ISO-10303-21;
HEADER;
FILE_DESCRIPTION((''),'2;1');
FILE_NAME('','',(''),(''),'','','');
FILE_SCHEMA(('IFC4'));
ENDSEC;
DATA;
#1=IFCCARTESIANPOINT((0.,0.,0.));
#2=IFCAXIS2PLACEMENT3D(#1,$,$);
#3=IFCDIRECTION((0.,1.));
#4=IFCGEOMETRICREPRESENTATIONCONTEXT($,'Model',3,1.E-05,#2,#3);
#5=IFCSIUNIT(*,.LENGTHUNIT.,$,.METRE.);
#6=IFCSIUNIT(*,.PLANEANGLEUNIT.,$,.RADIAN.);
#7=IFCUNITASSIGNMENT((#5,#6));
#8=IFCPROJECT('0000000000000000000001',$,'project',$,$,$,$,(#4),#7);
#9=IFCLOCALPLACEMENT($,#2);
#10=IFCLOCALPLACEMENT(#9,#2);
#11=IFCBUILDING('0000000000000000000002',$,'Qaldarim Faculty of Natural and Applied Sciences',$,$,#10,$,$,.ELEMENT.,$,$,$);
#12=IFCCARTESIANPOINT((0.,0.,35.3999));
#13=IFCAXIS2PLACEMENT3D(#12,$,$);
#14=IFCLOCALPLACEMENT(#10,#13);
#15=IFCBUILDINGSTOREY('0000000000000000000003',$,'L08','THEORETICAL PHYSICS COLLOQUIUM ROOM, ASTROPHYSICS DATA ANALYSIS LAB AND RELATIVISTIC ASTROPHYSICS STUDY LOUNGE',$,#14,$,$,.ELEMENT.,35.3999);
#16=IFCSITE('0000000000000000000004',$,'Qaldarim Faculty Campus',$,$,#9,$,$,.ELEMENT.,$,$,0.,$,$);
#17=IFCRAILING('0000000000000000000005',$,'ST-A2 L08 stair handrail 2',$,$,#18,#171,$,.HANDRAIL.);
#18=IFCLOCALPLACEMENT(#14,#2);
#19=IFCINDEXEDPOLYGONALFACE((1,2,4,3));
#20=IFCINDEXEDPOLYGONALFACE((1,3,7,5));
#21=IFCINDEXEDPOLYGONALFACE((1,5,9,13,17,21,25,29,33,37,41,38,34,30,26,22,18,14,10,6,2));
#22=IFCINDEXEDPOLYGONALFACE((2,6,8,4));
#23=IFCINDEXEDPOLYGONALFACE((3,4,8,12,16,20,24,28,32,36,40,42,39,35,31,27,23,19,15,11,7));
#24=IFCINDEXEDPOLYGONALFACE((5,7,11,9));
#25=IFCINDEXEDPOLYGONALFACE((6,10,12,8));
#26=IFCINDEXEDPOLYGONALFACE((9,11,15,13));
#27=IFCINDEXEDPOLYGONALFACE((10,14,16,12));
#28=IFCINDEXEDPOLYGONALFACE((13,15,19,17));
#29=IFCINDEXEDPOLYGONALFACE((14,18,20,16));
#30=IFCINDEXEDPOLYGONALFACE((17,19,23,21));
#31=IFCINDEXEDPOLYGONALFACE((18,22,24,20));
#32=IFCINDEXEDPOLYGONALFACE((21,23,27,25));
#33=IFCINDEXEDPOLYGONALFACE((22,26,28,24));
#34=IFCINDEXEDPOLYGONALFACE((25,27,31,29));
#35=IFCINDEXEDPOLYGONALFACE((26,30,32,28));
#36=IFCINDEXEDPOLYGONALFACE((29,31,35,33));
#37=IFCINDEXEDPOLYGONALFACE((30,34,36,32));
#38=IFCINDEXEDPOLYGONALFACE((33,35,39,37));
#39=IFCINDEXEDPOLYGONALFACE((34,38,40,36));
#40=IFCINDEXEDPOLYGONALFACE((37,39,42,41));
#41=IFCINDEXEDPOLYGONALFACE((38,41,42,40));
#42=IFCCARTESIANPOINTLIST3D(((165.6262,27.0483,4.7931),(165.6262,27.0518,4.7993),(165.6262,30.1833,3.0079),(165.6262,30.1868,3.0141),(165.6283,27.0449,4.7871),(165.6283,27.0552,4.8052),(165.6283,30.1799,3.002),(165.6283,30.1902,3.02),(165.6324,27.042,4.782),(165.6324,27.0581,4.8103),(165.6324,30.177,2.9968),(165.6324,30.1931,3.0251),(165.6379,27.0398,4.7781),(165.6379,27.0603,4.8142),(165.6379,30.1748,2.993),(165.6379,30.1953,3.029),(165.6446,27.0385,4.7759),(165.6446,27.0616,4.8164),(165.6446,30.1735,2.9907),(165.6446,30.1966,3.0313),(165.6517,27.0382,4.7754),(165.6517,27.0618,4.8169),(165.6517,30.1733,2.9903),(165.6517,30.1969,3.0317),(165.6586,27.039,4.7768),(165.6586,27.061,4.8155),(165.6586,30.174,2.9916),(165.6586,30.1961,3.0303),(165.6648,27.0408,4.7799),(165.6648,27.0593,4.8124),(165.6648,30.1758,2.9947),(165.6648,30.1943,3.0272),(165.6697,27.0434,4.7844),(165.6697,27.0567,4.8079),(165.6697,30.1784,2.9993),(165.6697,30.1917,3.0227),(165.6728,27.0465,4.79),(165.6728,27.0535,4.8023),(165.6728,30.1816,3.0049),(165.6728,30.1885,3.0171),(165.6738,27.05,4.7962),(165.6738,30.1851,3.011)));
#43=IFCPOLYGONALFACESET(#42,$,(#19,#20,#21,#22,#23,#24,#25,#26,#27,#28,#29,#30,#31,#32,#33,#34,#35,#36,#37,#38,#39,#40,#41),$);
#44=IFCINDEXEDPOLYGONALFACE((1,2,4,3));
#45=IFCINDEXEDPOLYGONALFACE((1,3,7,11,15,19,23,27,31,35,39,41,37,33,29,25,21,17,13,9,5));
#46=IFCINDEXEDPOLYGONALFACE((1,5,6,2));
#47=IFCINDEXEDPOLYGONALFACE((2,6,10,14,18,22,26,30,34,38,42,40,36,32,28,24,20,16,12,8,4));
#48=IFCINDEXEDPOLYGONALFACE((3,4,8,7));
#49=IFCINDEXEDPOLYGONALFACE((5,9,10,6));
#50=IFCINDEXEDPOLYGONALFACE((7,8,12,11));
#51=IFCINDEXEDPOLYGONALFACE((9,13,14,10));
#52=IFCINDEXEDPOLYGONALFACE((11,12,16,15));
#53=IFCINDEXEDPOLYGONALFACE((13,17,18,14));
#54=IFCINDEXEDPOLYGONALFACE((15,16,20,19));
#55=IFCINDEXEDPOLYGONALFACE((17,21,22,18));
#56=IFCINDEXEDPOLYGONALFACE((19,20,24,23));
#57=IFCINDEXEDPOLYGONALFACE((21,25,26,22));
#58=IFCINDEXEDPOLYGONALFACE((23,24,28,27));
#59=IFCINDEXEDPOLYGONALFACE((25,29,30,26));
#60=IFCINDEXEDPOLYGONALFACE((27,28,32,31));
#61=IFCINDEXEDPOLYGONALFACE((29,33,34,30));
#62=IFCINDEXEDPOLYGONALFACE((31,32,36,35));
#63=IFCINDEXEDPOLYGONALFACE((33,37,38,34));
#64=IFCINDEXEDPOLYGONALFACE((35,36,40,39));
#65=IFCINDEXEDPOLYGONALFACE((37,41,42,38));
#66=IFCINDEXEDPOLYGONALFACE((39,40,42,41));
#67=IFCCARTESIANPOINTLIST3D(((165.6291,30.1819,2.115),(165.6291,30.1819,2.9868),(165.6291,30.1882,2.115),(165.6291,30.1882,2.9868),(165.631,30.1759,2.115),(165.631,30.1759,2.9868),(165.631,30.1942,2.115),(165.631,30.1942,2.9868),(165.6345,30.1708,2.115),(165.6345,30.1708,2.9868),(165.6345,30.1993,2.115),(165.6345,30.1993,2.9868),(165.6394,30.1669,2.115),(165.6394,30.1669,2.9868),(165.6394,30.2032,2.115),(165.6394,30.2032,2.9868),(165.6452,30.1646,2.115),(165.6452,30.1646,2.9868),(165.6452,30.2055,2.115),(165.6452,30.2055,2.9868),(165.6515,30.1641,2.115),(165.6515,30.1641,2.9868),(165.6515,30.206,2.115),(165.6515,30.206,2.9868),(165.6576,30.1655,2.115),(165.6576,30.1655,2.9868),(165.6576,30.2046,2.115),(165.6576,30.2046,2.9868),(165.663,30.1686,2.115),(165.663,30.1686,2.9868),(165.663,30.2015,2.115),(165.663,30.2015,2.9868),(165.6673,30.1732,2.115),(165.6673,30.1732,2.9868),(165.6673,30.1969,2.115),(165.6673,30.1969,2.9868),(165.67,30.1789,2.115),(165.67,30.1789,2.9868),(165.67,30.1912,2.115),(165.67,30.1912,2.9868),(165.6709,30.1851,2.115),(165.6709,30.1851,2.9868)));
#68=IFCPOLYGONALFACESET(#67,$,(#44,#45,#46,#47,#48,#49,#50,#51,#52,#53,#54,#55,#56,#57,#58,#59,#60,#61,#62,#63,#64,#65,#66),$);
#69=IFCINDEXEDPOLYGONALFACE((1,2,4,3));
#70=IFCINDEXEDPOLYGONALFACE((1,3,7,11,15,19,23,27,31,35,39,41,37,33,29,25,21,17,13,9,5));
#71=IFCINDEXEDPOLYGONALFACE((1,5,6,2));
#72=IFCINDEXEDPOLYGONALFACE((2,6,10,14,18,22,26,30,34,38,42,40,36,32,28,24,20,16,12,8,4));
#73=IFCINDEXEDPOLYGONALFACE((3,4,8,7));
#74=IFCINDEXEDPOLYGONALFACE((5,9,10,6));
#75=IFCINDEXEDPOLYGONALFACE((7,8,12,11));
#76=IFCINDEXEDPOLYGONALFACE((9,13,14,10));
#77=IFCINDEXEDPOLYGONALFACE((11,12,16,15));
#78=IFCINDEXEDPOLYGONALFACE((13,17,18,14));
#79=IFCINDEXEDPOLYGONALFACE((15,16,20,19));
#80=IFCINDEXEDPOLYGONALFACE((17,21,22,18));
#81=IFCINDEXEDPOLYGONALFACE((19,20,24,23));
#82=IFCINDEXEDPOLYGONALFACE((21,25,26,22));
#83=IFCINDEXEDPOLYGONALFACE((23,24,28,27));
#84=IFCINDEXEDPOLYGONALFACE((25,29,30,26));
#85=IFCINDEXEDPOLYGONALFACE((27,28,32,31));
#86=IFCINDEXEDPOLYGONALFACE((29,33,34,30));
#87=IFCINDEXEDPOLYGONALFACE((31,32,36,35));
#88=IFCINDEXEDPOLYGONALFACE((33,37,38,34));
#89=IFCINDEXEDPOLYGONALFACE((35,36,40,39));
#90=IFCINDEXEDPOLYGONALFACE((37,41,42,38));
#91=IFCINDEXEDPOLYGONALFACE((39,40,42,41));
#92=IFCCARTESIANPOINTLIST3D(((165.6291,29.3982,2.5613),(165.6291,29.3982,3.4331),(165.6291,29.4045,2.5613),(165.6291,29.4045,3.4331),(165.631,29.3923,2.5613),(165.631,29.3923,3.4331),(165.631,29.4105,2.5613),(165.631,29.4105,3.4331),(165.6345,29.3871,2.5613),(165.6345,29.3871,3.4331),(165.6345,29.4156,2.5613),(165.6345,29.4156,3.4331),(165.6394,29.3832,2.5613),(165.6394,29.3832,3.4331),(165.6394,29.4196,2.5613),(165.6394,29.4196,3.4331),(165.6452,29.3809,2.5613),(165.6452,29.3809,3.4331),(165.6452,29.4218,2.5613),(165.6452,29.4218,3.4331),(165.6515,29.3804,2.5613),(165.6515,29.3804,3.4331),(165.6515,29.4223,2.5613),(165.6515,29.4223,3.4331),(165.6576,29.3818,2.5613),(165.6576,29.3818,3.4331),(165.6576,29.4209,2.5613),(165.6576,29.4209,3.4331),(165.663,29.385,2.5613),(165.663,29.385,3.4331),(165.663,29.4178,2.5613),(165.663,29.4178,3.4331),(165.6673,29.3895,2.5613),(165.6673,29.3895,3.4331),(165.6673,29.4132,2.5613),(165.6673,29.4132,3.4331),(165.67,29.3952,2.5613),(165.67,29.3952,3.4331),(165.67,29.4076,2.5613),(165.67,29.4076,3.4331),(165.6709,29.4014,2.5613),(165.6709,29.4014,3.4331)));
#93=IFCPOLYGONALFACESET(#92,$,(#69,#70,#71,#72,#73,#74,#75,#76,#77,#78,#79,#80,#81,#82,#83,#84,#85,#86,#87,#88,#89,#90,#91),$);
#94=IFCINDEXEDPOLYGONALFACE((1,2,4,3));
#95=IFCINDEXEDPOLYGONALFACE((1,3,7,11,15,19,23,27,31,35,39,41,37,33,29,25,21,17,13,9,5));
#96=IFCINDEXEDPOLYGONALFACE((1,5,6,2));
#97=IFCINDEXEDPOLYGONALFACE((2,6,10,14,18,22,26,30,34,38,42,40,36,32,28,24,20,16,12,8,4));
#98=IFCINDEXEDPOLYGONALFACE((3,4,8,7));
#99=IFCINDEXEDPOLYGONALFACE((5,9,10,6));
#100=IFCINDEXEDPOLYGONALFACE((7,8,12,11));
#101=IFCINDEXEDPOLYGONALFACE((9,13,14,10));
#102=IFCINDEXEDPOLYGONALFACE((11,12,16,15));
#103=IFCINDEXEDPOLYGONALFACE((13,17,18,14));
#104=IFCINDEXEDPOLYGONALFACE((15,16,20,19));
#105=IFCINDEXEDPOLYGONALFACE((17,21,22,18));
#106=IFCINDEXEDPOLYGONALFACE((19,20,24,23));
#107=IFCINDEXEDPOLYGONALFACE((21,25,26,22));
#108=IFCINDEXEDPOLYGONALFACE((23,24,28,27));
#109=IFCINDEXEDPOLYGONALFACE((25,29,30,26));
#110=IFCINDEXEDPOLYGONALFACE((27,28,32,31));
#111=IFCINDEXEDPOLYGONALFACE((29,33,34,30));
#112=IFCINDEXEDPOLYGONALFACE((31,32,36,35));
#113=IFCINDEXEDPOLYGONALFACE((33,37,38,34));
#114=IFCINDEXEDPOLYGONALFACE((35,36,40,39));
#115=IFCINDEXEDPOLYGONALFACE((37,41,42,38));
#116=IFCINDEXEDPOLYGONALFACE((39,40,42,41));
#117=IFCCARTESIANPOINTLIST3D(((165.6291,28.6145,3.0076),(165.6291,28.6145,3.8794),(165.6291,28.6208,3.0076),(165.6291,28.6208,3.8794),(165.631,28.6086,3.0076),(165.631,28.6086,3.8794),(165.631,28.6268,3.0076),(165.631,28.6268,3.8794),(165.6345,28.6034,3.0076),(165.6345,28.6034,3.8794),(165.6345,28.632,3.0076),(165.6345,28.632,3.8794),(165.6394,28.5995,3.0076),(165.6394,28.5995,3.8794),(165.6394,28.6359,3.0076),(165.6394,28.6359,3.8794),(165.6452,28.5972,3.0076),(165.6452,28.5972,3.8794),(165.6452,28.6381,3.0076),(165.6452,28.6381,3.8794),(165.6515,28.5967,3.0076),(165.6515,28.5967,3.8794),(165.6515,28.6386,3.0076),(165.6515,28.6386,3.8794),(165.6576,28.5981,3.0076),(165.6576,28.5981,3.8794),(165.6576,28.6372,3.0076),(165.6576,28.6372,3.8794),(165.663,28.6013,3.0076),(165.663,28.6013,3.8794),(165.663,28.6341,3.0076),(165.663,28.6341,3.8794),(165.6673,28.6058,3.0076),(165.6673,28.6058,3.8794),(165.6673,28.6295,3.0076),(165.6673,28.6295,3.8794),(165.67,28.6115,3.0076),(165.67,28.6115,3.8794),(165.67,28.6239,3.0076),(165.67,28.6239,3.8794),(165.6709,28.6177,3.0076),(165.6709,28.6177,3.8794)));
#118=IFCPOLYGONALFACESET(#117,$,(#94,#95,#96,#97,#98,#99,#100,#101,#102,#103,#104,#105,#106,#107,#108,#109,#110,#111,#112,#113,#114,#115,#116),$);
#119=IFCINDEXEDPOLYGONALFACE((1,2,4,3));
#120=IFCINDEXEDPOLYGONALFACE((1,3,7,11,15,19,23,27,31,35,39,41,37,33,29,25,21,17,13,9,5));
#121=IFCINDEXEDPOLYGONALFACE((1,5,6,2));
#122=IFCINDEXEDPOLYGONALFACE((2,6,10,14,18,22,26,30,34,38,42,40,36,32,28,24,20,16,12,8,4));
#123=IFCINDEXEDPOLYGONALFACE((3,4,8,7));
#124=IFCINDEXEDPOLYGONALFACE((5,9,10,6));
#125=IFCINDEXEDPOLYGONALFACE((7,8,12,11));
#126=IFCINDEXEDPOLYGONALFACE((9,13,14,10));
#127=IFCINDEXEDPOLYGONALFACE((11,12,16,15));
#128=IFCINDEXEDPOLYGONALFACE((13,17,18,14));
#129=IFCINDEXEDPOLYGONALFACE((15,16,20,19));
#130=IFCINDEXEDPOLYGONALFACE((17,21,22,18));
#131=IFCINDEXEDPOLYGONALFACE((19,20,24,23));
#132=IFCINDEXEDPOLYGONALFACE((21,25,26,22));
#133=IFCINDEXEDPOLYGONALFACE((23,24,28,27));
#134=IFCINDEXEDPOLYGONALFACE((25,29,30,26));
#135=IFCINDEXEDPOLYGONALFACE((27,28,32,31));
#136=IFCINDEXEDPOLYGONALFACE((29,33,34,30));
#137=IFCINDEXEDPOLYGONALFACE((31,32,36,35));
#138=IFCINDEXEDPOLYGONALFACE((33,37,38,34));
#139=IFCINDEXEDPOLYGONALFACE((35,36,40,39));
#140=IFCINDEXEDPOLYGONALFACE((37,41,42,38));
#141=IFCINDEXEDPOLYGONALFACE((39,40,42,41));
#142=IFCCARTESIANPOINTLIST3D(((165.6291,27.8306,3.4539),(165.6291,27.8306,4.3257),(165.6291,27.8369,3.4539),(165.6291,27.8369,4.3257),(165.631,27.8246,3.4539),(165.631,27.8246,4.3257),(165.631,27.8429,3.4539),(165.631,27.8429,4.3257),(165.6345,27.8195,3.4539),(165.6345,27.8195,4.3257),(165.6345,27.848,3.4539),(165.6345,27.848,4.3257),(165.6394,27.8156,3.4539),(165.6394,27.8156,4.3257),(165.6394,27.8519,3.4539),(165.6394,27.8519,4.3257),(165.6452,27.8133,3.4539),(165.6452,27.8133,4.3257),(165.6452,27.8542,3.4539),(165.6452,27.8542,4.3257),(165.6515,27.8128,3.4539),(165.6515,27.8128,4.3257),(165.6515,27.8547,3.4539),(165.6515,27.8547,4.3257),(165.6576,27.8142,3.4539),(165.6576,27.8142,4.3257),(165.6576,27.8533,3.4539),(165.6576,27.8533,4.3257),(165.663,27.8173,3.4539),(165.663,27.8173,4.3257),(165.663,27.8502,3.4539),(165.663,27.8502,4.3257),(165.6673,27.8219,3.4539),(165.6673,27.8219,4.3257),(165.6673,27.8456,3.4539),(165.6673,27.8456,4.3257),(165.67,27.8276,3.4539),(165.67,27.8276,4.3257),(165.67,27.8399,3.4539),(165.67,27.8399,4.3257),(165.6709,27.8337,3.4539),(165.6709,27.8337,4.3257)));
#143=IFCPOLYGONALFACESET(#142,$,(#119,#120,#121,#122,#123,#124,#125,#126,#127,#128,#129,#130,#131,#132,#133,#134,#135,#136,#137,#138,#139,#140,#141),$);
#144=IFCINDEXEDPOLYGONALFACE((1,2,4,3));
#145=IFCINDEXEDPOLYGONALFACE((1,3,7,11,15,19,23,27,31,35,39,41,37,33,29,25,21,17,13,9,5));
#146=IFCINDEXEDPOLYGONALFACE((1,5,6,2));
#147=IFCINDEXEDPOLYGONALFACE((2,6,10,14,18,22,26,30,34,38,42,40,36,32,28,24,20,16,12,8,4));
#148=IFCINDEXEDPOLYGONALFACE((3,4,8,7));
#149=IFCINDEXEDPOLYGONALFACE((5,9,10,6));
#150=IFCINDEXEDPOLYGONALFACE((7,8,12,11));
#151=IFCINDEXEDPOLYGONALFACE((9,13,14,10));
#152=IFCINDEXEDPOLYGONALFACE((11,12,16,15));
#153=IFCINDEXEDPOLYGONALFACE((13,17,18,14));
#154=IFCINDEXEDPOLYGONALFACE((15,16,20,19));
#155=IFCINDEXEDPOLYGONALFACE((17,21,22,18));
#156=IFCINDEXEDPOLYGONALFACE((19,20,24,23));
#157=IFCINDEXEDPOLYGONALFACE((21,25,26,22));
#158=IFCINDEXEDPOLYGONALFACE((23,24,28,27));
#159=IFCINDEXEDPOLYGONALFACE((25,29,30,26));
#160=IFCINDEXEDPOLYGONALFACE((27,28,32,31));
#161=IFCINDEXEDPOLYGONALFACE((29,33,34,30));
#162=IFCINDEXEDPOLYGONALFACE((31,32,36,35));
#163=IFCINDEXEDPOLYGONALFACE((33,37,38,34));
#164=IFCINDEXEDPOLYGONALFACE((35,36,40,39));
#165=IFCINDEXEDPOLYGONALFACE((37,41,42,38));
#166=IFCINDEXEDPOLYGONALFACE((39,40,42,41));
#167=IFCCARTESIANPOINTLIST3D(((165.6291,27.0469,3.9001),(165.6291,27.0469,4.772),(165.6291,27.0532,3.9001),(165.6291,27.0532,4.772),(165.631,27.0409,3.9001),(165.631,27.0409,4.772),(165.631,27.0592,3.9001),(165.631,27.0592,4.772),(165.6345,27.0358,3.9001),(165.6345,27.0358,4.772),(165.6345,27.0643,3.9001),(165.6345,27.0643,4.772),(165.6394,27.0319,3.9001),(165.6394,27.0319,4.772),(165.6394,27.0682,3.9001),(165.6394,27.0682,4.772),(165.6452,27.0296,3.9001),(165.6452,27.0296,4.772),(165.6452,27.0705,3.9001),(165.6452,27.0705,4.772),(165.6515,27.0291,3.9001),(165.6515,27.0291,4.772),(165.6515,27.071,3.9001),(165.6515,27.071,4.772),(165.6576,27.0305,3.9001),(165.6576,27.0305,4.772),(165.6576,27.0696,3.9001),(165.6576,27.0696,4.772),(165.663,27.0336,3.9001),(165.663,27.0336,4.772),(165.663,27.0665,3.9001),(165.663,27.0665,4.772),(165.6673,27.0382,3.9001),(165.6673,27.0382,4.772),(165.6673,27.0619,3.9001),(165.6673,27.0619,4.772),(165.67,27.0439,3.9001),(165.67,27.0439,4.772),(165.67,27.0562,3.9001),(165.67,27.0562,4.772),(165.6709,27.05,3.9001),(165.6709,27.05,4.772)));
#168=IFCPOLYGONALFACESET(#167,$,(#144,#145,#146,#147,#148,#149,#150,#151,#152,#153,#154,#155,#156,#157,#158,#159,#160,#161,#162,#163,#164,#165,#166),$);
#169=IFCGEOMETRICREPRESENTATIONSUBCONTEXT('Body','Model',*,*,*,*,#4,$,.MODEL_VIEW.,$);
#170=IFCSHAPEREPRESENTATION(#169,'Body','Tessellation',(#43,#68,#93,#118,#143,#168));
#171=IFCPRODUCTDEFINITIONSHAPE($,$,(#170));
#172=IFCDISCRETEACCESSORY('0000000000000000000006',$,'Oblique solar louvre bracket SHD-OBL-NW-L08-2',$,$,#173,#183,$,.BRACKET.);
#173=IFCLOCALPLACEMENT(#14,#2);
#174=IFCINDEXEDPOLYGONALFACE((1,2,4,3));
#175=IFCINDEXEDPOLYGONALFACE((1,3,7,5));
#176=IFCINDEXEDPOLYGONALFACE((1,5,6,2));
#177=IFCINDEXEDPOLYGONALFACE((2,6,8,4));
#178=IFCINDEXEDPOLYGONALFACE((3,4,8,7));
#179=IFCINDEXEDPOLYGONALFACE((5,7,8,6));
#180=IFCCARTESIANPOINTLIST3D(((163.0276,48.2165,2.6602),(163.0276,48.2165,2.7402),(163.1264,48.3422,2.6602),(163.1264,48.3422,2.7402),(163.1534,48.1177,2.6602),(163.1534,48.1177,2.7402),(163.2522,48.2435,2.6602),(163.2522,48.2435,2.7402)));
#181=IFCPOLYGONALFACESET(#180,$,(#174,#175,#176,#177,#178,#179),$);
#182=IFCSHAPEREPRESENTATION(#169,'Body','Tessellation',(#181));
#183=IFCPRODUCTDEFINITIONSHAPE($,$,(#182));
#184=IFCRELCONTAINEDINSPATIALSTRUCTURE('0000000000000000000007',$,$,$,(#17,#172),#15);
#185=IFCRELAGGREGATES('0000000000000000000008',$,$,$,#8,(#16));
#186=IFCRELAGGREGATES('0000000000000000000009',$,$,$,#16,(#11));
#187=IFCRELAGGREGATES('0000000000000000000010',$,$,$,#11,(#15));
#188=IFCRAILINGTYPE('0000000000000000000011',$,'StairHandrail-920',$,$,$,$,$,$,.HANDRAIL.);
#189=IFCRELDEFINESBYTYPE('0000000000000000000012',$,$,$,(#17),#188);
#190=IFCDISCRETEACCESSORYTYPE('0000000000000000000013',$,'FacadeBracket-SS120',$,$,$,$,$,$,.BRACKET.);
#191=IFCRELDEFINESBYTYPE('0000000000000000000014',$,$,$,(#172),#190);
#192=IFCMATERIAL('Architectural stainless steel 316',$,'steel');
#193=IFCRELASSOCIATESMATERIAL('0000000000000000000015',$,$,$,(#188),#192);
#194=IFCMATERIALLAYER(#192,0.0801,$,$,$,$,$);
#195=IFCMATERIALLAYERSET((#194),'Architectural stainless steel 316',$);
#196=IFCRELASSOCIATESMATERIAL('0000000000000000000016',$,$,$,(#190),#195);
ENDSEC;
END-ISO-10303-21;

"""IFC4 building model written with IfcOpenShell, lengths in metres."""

from ifc_helpers import new_model, si_unit, direction, frame, origin, origin_2d, place, context, subcontext, project, spatial, rectangle, circle, extrude, material, layer, layer_set, type_object, element, save


model = new_model("IFC4")

# Units and contexts
model_context = context("Model", 3, precision=1e-05, world=origin(), true_north=direction((0.0, 1.0)))
body_context = subcontext(model_context, "Body", "Model", "MODEL_VIEW")
ifc_project = project(units=[si_unit("LENGTHUNIT", "METRE"), si_unit("PLANEANGLEUNIT", "RADIAN")], contexts=[model_context])

# Site, building, storey
site_placement = place(None, origin())
site = spatial("IfcSite", under=ifc_project, at=site_placement, Name="Qaldarim Faculty Campus", CompositionType="ELEMENT", RefElevation=0.0)
building_placement = place(site_placement, origin())
building = spatial("IfcBuilding", under=site, at=building_placement, Name="Qaldarim Faculty of Natural and Applied Sciences", CompositionType="ELEMENT")
storey_placement = place(building_placement, frame((0.0, 0.0, 35.3999)))
storey = spatial("IfcBuildingStorey", under=building, at=storey_placement, Name="L08", Description="THEORETICAL PHYSICS COLLOQUIUM ROOM, ASTROPHYSICS DATA ANALYSIS LAB AND RELATIVISTIC ASTROPHYSICS STUDY LOUNGE", CompositionType="ELEMENT", Elevation=35.3999)

# Shared definitions
ifc_material_1 = material(Name="Architectural stainless steel 316", Category="steel")

# Railing
railing_type_1 = type_object("IfcRailingType", Name="StairHandrail-920", PredefinedType="HANDRAIL", material=ifc_material_1)
railing_1_placement = place(storey_placement, frame((165.6499, 30.1851, 2.115)))
element("IfcRailing", 1, at=railing_1_placement, inside=storey, type_object=railing_type_1, Name="ST-A2 L08 stair handrail 2", PredefinedType="HANDRAIL", context=body_context, shape_type="SweptSolid", body=[
    extrude(circle(Radius=0.0239, at=origin_2d()), frame((0.0, 0.0, 0.896), z_axis=(0.0, -0.868992, 0.494827), x_axis=(1.0, 0.0, 0.0)), (0.0, 0.0, 1.0), 3.6077),
    extrude(circle(Radius=0.021, at=origin_2d()), origin(), (0.0, 0.0, 1.0), 0.8718),
    extrude(circle(Radius=0.021, at=origin_2d()), frame((0.0, -0.7837, 0.4463)), (0.0, 0.0, 1.0), 0.8718),
    extrude(circle(Radius=0.021, at=origin_2d()), frame((0.0, -1.5674, 0.8926)), (0.0, 0.0, 1.0), 0.8718),
    extrude(circle(Radius=0.021, at=origin_2d()), frame((0.0, -2.3513, 1.3389)), (0.0, 0.0, 1.0), 0.8718),
    extrude(circle(Radius=0.021, at=origin_2d()), frame((0.0, -3.135, 1.7852)), (0.0, 0.0, 1.0), 0.8718),
])

# Discrete accessory
ifc_layer_1 = layer(ifc_material_1, 0.0801)
ifc_layer_set_1 = layer_set([ifc_layer_1], Name="Architectural stainless steel 316")
discrete_accessory_type = type_object("IfcDiscreteAccessoryType", Name="FacadeBracket-SS120", PredefinedType="BRACKET", material=ifc_layer_set_1)
discrete_accessory_placement = place(storey_placement, frame((163.1399, 48.23, 2.6602), z_axis=(0.0, 0.0, 1.0), x_axis=(0.617818, 0.786321, 0.0)))
element("IfcDiscreteAccessory", 2, at=discrete_accessory_placement, inside=storey, type_object=discrete_accessory_type, Name="Oblique solar louvre bracket SHD-OBL-NW-L08-2", PredefinedType="BRACKET", context=body_context, shape_type="SweptSolid", body=[
    extrude(rectangle(XDim=0.1599, YDim=0.1599, at=origin_2d()), origin(), (0.0, 0.0, 1.0), 0.0801),
])

save(model, "model.ifc")
